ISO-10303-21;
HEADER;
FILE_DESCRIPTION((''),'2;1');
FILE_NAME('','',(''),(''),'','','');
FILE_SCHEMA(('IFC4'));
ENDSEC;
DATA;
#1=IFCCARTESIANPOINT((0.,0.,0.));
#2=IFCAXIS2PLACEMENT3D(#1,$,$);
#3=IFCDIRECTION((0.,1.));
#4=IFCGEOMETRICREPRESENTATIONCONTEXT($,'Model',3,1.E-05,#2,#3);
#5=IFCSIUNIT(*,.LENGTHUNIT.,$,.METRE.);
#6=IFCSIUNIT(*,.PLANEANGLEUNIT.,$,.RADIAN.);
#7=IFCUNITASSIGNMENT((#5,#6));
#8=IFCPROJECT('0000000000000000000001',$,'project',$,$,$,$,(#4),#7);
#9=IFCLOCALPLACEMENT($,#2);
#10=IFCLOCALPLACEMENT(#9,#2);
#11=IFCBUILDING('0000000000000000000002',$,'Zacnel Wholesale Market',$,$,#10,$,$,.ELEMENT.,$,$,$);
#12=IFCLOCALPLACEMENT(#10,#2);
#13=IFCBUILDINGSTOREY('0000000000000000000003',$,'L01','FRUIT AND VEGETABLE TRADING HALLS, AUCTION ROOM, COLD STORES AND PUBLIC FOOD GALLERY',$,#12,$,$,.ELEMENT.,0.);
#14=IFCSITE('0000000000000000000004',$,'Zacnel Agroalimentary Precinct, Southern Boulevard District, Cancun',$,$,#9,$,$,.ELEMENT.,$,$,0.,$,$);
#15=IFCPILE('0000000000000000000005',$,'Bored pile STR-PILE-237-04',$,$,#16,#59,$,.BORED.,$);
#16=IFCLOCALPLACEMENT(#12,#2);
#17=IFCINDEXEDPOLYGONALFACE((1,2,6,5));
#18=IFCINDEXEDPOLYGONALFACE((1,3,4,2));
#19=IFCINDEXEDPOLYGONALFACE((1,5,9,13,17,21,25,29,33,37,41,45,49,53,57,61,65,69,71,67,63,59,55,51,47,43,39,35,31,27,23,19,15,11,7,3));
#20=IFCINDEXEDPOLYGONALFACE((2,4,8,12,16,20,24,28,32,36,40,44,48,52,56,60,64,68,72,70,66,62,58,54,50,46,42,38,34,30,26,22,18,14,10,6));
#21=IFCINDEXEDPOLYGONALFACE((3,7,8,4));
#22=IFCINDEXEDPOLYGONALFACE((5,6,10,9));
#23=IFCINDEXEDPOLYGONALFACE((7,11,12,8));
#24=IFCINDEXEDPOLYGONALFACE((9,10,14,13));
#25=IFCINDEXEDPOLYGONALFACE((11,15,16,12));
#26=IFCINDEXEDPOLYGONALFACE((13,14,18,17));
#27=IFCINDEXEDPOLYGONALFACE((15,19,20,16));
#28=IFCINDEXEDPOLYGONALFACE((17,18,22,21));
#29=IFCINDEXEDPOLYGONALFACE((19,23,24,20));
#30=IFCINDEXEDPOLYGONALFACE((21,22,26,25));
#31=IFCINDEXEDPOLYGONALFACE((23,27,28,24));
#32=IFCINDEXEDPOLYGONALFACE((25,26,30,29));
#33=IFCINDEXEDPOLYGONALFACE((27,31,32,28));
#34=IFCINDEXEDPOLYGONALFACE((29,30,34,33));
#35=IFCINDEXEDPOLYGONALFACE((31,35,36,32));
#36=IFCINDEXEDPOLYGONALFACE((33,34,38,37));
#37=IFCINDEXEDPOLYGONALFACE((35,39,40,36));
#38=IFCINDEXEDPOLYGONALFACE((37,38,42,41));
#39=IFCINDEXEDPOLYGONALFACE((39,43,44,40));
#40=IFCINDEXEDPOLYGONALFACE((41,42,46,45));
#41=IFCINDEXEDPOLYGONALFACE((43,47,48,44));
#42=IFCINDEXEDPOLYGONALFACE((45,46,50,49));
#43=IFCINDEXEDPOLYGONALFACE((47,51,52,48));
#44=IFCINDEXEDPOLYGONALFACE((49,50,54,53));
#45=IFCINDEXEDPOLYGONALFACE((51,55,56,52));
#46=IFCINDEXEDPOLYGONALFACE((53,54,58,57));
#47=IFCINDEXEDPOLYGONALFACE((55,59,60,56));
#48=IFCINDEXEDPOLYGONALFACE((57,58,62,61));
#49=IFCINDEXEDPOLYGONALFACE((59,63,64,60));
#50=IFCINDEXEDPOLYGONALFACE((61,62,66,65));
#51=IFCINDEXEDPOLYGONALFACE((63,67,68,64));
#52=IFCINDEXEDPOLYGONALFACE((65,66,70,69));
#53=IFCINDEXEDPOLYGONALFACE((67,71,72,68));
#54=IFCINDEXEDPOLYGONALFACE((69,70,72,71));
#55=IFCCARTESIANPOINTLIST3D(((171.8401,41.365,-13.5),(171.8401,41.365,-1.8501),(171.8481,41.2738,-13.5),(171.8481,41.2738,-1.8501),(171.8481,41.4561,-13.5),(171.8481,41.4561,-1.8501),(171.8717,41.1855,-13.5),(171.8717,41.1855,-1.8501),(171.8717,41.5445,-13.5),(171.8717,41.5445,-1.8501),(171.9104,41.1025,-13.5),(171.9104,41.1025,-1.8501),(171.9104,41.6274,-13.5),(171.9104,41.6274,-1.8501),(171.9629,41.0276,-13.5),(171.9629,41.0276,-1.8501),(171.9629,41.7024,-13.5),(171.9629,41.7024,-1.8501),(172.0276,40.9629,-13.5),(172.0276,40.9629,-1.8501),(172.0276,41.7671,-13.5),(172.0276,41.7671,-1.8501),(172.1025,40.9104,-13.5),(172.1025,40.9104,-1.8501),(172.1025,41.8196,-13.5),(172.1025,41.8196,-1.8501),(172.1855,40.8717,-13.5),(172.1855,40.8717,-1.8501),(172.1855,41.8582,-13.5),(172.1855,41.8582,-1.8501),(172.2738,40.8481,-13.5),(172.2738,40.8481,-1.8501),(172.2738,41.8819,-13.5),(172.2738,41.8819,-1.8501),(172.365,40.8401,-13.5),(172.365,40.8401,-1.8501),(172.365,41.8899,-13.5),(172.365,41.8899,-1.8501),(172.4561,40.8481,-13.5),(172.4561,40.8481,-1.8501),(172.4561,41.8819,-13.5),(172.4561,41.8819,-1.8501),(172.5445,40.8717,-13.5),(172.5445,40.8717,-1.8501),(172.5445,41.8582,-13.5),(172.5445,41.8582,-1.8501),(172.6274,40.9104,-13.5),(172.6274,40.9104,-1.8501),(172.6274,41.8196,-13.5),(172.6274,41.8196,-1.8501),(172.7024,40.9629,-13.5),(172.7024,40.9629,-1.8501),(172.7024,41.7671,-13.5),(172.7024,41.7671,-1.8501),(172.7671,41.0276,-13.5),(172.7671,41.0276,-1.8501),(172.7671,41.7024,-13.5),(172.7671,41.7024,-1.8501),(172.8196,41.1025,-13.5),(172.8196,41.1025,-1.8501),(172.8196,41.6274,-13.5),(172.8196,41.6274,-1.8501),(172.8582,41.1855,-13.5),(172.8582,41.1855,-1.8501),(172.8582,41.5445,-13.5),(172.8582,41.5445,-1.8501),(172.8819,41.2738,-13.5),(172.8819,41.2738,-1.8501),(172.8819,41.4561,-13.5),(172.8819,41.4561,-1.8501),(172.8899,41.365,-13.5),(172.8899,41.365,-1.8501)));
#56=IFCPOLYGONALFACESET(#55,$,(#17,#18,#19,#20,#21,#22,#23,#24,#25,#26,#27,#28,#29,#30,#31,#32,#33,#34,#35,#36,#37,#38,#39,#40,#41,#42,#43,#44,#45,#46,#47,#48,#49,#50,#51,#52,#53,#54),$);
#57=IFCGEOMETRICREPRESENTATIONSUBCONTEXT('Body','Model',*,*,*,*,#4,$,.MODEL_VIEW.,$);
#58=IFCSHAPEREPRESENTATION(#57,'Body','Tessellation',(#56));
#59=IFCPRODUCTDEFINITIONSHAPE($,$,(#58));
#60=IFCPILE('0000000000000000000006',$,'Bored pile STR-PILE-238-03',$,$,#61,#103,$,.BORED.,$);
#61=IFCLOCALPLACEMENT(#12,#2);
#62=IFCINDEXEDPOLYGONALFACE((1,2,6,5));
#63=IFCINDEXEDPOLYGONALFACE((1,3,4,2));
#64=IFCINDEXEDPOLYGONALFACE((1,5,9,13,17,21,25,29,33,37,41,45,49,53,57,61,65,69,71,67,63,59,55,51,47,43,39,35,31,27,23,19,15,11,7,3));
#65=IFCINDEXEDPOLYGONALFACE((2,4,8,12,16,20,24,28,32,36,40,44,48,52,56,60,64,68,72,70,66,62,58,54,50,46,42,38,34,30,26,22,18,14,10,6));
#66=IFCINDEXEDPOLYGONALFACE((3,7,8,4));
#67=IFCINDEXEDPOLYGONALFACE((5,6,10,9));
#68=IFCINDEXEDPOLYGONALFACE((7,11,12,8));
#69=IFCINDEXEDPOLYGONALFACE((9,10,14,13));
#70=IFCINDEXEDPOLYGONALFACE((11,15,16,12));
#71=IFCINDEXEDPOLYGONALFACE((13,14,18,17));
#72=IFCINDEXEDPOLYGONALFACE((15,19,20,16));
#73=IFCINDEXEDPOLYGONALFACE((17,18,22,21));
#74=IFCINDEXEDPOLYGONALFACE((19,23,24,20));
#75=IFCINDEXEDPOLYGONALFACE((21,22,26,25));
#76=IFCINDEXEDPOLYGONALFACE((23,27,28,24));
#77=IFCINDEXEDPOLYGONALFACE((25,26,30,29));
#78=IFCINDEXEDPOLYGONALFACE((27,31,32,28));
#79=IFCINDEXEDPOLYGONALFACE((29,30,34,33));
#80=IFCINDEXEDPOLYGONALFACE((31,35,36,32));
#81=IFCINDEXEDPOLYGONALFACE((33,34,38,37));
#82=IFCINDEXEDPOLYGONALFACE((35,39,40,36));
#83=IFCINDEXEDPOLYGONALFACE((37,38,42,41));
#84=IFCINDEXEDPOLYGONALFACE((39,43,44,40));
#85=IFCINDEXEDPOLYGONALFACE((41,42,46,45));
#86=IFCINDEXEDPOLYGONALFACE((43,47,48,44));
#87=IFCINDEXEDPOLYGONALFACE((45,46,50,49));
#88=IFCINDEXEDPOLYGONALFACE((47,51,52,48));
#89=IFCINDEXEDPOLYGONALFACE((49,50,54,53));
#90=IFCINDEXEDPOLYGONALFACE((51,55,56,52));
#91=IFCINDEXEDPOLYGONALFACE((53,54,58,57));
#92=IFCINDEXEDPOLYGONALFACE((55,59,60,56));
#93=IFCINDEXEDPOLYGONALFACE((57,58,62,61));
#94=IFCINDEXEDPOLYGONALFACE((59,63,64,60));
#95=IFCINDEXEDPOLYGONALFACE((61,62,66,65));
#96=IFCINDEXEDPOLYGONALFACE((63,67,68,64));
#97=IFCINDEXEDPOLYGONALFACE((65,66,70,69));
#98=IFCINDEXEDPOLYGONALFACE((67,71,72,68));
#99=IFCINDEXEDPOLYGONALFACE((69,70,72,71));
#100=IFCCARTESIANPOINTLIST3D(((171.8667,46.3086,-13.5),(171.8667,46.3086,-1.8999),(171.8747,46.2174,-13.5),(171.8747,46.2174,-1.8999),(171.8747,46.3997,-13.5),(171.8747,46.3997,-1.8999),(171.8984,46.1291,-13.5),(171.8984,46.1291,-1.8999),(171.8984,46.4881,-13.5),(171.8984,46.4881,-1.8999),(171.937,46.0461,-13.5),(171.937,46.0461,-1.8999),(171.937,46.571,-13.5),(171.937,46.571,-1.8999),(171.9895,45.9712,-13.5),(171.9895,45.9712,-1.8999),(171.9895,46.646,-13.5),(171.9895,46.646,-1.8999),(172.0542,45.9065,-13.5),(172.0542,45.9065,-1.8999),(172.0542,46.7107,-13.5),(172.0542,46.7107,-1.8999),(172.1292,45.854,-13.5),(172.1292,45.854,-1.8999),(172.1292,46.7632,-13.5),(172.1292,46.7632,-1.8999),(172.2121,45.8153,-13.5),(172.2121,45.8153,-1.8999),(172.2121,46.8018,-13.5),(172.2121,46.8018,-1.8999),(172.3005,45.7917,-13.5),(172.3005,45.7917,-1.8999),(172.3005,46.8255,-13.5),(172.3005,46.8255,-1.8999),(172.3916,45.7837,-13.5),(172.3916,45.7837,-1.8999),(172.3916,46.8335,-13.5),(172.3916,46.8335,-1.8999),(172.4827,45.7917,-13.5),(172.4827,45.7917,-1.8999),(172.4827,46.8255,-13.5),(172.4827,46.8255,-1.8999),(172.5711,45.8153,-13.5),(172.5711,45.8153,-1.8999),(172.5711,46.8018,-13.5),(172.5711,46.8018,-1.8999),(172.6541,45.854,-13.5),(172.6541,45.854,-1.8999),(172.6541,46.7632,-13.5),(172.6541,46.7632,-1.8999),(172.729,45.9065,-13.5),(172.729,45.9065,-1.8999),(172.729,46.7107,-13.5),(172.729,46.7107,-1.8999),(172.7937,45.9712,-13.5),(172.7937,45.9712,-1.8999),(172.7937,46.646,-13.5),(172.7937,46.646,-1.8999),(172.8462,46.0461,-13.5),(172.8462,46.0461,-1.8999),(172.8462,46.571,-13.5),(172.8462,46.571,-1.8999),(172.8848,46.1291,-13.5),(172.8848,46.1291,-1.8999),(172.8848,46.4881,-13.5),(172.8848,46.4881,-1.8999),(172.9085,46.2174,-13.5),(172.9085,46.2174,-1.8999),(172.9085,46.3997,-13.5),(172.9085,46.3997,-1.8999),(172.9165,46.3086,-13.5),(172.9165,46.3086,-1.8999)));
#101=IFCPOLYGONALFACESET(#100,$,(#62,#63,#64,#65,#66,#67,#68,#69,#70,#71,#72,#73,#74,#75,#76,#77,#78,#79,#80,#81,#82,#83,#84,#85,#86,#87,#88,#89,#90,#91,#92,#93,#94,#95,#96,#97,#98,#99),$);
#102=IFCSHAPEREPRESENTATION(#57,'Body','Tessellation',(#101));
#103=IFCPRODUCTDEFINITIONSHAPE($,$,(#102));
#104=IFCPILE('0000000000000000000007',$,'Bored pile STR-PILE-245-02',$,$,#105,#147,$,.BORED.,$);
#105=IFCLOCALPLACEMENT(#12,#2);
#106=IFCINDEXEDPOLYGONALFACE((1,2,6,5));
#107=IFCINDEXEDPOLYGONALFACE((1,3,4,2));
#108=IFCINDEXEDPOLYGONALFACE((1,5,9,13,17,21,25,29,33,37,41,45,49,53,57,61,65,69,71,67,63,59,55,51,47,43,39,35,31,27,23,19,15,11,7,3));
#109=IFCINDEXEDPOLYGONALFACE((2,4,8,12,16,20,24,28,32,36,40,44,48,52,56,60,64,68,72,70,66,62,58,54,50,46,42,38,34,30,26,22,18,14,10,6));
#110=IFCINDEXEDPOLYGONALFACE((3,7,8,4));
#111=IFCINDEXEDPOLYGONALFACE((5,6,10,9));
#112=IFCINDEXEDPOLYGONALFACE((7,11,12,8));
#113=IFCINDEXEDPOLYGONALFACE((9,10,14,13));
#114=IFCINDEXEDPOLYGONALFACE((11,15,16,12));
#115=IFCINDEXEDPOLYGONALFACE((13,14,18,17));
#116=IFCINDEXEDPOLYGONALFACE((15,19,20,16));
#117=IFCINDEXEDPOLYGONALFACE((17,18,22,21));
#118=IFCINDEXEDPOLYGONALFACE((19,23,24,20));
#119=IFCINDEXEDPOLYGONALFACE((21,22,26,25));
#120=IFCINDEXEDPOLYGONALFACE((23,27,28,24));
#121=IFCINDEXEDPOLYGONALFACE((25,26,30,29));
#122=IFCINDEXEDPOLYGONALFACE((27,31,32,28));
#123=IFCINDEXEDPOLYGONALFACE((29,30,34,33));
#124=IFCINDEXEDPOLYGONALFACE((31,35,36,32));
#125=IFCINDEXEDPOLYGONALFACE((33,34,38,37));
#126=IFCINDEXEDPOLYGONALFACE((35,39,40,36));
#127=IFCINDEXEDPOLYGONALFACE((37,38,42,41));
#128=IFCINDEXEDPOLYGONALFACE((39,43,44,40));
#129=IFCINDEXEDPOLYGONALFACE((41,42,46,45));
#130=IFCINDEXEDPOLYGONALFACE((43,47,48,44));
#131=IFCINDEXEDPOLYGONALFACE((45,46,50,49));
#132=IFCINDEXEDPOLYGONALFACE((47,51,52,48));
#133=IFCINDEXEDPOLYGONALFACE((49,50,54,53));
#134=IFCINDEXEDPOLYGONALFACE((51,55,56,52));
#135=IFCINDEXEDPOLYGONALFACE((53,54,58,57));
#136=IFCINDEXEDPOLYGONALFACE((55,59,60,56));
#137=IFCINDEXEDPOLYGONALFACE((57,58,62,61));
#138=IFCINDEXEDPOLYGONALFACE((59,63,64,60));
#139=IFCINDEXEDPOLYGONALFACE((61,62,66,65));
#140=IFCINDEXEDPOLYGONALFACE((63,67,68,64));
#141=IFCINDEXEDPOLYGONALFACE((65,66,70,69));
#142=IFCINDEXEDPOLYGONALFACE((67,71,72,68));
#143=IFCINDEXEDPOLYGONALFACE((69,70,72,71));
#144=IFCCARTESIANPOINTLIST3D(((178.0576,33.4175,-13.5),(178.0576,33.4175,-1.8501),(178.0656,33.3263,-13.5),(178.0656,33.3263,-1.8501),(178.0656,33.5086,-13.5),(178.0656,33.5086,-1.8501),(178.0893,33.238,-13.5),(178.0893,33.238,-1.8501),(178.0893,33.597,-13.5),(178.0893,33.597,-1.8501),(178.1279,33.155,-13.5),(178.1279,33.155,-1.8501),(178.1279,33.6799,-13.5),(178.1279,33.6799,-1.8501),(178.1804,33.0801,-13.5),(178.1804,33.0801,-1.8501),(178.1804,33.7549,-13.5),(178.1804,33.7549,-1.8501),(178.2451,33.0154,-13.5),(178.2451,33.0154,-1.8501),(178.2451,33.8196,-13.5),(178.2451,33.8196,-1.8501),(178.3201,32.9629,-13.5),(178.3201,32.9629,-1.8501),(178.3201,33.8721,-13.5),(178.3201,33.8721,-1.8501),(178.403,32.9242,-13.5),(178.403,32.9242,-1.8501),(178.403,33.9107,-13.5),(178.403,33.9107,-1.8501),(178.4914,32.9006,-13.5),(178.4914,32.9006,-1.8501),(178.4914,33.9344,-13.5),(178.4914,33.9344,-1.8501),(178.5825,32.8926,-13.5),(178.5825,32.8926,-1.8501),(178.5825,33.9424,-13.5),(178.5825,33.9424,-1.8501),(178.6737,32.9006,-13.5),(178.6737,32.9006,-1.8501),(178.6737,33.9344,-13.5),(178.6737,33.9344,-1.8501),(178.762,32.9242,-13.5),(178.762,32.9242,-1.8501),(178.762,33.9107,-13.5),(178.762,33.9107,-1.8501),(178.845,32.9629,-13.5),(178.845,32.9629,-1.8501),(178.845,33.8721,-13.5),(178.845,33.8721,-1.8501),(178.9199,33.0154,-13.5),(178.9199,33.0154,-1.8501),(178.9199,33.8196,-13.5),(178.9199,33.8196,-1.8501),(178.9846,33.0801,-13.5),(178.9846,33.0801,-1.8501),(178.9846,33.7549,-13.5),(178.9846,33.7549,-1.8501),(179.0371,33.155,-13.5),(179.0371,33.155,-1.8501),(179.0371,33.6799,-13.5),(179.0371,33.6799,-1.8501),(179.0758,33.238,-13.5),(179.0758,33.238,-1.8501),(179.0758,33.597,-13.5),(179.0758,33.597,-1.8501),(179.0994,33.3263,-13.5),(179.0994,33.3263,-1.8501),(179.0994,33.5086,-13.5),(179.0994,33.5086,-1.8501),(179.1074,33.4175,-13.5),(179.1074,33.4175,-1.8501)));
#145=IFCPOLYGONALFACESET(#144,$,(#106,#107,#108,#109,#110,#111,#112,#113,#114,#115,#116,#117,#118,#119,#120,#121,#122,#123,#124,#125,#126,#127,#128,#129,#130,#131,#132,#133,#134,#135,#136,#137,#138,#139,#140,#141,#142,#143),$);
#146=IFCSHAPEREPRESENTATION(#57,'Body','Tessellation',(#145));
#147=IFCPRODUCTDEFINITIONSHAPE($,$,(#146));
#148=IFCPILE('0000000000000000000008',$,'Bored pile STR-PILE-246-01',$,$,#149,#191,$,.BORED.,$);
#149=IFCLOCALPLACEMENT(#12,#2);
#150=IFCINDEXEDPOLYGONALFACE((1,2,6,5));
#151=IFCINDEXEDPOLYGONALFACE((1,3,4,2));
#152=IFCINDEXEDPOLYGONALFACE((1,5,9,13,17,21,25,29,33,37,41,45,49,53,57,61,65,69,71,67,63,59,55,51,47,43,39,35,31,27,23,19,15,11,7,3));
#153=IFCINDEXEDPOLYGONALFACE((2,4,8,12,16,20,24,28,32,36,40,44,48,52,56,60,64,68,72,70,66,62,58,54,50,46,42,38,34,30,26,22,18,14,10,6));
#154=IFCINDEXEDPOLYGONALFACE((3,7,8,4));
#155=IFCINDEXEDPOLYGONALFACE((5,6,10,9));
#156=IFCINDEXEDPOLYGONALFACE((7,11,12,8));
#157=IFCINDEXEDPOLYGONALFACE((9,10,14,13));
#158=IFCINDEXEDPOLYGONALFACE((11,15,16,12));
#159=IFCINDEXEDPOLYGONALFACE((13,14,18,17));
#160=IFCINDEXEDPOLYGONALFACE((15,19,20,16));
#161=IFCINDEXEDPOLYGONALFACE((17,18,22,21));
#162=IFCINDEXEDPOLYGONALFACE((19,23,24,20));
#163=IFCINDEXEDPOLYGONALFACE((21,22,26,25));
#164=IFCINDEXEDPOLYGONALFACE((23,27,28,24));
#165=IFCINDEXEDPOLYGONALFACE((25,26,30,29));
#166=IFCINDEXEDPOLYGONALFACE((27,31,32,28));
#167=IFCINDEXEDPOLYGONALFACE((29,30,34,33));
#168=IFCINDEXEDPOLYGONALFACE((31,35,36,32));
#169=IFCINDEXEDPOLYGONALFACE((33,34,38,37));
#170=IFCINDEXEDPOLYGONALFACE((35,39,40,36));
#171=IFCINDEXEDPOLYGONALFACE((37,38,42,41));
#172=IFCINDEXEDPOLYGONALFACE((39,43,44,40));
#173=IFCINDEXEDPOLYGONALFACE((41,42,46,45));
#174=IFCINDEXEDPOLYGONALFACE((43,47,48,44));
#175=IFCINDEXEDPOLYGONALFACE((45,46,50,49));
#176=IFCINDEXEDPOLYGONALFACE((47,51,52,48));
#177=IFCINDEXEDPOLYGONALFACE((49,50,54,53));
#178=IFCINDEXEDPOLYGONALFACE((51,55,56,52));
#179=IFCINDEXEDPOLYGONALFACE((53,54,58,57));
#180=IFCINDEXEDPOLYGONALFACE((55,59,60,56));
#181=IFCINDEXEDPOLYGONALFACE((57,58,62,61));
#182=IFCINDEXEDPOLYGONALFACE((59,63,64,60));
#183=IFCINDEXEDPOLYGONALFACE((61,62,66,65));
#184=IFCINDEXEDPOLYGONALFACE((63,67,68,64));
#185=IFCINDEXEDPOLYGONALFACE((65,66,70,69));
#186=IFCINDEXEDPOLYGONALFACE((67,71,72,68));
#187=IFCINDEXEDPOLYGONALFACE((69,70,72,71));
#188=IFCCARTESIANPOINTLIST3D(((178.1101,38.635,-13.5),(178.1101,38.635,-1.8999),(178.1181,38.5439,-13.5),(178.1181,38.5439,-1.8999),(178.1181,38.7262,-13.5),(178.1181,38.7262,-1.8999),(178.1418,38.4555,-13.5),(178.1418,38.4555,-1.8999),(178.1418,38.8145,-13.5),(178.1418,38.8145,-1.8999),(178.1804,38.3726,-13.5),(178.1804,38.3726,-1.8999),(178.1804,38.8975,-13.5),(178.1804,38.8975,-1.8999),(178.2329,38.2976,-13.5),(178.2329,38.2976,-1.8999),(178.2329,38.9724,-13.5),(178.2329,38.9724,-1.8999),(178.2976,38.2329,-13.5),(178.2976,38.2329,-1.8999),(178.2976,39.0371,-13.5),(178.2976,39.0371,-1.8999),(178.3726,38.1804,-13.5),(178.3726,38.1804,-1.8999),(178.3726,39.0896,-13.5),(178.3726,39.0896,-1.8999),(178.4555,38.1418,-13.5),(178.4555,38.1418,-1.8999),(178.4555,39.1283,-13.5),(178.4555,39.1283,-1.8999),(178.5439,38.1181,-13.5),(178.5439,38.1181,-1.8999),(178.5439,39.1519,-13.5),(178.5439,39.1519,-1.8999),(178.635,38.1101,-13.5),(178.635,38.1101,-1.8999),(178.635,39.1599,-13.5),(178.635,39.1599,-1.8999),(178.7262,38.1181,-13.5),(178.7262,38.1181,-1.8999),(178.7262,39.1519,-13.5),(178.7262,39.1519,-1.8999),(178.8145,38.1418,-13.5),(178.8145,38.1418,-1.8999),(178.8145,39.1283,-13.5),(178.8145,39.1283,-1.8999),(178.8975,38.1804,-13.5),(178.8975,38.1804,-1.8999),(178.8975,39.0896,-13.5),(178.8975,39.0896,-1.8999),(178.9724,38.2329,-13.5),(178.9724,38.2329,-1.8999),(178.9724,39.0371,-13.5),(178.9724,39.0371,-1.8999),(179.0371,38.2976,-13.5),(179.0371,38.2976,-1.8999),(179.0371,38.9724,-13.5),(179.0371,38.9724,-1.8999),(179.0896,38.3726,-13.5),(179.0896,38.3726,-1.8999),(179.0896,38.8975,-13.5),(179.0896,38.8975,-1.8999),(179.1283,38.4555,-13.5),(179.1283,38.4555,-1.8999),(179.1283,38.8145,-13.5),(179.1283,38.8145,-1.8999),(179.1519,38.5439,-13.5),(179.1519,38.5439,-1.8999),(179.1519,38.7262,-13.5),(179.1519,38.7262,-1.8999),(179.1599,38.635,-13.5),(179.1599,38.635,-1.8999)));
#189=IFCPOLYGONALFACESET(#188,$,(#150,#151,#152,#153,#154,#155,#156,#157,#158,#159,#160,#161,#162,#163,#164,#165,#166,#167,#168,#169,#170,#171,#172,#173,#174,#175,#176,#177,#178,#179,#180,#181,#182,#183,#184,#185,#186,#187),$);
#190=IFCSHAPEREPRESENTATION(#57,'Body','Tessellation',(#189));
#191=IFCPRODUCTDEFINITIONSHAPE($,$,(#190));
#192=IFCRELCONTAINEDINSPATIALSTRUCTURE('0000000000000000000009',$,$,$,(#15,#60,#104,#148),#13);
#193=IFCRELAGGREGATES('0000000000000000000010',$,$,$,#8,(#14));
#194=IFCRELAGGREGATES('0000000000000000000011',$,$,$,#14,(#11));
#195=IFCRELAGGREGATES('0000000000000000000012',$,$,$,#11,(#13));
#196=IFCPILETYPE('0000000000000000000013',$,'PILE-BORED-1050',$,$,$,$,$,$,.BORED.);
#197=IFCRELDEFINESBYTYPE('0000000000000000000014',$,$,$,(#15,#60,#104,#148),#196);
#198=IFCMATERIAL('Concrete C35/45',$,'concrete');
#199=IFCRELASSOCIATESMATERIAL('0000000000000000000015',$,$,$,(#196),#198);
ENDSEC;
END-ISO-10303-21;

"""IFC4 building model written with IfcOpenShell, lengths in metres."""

from ifc_helpers import new_model, si_unit, direction, frame, origin, origin_2d, place, context, subcontext, project, spatial, circle, extrude, material, material_profile, profile_set, type_object, element, save


model = new_model("IFC4")

# Units and contexts
model_context = context("Model", 3, precision=1e-05, world=origin(), true_north=direction((0.0, 1.0)))
body_context = subcontext(model_context, "Body", "Model", "MODEL_VIEW")
ifc_project = project(units=[si_unit("LENGTHUNIT", "METRE"), si_unit("PLANEANGLEUNIT", "RADIAN")], contexts=[model_context])

# Site, building, storey
site_placement = place(None, origin())
site = spatial("IfcSite", under=ifc_project, at=site_placement, Name="Zacnel Agroalimentary Precinct, Southern Boulevard District, Cancun", CompositionType="ELEMENT", RefElevation=0.0)
building_placement = place(site_placement, origin())
building = spatial("IfcBuilding", under=site, at=building_placement, Name="Zacnel Wholesale Market", CompositionType="ELEMENT")
storey_placement = place(building_placement, origin())
storey = spatial("IfcBuildingStorey", under=building, at=storey_placement, Name="L01", Description="FRUIT AND VEGETABLE TRADING HALLS, AUCTION ROOM, COLD STORES AND PUBLIC FOOD GALLERY", CompositionType="ELEMENT", Elevation=0.0)

# Piles
ifc_material_1 = material(Name="Concrete C35/45", Category="concrete")
ifc_material_profile_1 = material_profile(ifc_material_1, circle(Radius=0.5249, at=origin_2d()), Name="BORED PILE D1050")
ifc_profile_set_1 = profile_set([ifc_material_profile_1], Name="Concrete C35/45")
pile_type = type_object("IfcPileType", Name="PILE-BORED-1050", PredefinedType="BORED", material=ifc_profile_set_1)
for number, where, z_axis, x_axis, name in (
    (1, (172.365, 41.365, -1.8501), (0.0, 0.0, -1.0), (1.0, 0.0, 0.0), "Bored pile STR-PILE-237-04"),
):
    element("IfcPile", number, at=place(storey_placement, frame(where, z_axis=z_axis, x_axis=x_axis)), inside=storey, type_object=pile_type, Name=name, PredefinedType="BORED", context=body_context, shape_type="SweptSolid", body=[
        extrude(circle(Radius=0.5249, at=origin_2d()), origin(), (0.0, 0.0, 1.0), 11.6499),
    ])
pile_1_placement = place(storey_placement, frame((172.3916, 46.3086, -1.8999), z_axis=(0.0, 0.0, -1.0), x_axis=(1.0, 0.0, 0.0)))
element("IfcPile", 2, at=pile_1_placement, inside=storey, type_object=pile_type, Name="Bored pile STR-PILE-238-03", PredefinedType="BORED", context=body_context, shape_type="SweptSolid", body=[
    extrude(circle(Radius=0.5249, at=origin_2d()), origin(), (0.0, 0.0, 1.0), 11.6001),
])
pile_2_placement = place(storey_placement, frame((178.5825, 33.4175, -1.8501), z_axis=(0.0, 0.0, -1.0), x_axis=(1.0, 0.0, 0.0)))
element("IfcPile", 3, at=pile_2_placement, inside=storey, type_object=pile_type, Name="Bored pile STR-PILE-245-02", PredefinedType="BORED", context=body_context, shape_type="SweptSolid", body=[
    extrude(circle(Radius=0.5249, at=origin_2d()), origin(), (0.0, 0.0, 1.0), 11.6499),
])
for number, where, z_axis, x_axis, name in (
    (4, (178.635, 38.635, -1.8999), (0.0, 0.0, -1.0), (1.0, 0.0, 0.0), "Bored pile STR-PILE-246-01"),
):
    element("IfcPile", number, at=place(storey_placement, frame(where, z_axis=z_axis, x_axis=x_axis)), inside=storey, type_object=pile_type, Name=name, PredefinedType="BORED", context=body_context, shape_type="SweptSolid", body=[
        extrude(circle(Radius=0.5249, at=origin_2d()), origin(), (0.0, 0.0, 1.0), 11.6001),
    ])

save(model, "model.ifc")
